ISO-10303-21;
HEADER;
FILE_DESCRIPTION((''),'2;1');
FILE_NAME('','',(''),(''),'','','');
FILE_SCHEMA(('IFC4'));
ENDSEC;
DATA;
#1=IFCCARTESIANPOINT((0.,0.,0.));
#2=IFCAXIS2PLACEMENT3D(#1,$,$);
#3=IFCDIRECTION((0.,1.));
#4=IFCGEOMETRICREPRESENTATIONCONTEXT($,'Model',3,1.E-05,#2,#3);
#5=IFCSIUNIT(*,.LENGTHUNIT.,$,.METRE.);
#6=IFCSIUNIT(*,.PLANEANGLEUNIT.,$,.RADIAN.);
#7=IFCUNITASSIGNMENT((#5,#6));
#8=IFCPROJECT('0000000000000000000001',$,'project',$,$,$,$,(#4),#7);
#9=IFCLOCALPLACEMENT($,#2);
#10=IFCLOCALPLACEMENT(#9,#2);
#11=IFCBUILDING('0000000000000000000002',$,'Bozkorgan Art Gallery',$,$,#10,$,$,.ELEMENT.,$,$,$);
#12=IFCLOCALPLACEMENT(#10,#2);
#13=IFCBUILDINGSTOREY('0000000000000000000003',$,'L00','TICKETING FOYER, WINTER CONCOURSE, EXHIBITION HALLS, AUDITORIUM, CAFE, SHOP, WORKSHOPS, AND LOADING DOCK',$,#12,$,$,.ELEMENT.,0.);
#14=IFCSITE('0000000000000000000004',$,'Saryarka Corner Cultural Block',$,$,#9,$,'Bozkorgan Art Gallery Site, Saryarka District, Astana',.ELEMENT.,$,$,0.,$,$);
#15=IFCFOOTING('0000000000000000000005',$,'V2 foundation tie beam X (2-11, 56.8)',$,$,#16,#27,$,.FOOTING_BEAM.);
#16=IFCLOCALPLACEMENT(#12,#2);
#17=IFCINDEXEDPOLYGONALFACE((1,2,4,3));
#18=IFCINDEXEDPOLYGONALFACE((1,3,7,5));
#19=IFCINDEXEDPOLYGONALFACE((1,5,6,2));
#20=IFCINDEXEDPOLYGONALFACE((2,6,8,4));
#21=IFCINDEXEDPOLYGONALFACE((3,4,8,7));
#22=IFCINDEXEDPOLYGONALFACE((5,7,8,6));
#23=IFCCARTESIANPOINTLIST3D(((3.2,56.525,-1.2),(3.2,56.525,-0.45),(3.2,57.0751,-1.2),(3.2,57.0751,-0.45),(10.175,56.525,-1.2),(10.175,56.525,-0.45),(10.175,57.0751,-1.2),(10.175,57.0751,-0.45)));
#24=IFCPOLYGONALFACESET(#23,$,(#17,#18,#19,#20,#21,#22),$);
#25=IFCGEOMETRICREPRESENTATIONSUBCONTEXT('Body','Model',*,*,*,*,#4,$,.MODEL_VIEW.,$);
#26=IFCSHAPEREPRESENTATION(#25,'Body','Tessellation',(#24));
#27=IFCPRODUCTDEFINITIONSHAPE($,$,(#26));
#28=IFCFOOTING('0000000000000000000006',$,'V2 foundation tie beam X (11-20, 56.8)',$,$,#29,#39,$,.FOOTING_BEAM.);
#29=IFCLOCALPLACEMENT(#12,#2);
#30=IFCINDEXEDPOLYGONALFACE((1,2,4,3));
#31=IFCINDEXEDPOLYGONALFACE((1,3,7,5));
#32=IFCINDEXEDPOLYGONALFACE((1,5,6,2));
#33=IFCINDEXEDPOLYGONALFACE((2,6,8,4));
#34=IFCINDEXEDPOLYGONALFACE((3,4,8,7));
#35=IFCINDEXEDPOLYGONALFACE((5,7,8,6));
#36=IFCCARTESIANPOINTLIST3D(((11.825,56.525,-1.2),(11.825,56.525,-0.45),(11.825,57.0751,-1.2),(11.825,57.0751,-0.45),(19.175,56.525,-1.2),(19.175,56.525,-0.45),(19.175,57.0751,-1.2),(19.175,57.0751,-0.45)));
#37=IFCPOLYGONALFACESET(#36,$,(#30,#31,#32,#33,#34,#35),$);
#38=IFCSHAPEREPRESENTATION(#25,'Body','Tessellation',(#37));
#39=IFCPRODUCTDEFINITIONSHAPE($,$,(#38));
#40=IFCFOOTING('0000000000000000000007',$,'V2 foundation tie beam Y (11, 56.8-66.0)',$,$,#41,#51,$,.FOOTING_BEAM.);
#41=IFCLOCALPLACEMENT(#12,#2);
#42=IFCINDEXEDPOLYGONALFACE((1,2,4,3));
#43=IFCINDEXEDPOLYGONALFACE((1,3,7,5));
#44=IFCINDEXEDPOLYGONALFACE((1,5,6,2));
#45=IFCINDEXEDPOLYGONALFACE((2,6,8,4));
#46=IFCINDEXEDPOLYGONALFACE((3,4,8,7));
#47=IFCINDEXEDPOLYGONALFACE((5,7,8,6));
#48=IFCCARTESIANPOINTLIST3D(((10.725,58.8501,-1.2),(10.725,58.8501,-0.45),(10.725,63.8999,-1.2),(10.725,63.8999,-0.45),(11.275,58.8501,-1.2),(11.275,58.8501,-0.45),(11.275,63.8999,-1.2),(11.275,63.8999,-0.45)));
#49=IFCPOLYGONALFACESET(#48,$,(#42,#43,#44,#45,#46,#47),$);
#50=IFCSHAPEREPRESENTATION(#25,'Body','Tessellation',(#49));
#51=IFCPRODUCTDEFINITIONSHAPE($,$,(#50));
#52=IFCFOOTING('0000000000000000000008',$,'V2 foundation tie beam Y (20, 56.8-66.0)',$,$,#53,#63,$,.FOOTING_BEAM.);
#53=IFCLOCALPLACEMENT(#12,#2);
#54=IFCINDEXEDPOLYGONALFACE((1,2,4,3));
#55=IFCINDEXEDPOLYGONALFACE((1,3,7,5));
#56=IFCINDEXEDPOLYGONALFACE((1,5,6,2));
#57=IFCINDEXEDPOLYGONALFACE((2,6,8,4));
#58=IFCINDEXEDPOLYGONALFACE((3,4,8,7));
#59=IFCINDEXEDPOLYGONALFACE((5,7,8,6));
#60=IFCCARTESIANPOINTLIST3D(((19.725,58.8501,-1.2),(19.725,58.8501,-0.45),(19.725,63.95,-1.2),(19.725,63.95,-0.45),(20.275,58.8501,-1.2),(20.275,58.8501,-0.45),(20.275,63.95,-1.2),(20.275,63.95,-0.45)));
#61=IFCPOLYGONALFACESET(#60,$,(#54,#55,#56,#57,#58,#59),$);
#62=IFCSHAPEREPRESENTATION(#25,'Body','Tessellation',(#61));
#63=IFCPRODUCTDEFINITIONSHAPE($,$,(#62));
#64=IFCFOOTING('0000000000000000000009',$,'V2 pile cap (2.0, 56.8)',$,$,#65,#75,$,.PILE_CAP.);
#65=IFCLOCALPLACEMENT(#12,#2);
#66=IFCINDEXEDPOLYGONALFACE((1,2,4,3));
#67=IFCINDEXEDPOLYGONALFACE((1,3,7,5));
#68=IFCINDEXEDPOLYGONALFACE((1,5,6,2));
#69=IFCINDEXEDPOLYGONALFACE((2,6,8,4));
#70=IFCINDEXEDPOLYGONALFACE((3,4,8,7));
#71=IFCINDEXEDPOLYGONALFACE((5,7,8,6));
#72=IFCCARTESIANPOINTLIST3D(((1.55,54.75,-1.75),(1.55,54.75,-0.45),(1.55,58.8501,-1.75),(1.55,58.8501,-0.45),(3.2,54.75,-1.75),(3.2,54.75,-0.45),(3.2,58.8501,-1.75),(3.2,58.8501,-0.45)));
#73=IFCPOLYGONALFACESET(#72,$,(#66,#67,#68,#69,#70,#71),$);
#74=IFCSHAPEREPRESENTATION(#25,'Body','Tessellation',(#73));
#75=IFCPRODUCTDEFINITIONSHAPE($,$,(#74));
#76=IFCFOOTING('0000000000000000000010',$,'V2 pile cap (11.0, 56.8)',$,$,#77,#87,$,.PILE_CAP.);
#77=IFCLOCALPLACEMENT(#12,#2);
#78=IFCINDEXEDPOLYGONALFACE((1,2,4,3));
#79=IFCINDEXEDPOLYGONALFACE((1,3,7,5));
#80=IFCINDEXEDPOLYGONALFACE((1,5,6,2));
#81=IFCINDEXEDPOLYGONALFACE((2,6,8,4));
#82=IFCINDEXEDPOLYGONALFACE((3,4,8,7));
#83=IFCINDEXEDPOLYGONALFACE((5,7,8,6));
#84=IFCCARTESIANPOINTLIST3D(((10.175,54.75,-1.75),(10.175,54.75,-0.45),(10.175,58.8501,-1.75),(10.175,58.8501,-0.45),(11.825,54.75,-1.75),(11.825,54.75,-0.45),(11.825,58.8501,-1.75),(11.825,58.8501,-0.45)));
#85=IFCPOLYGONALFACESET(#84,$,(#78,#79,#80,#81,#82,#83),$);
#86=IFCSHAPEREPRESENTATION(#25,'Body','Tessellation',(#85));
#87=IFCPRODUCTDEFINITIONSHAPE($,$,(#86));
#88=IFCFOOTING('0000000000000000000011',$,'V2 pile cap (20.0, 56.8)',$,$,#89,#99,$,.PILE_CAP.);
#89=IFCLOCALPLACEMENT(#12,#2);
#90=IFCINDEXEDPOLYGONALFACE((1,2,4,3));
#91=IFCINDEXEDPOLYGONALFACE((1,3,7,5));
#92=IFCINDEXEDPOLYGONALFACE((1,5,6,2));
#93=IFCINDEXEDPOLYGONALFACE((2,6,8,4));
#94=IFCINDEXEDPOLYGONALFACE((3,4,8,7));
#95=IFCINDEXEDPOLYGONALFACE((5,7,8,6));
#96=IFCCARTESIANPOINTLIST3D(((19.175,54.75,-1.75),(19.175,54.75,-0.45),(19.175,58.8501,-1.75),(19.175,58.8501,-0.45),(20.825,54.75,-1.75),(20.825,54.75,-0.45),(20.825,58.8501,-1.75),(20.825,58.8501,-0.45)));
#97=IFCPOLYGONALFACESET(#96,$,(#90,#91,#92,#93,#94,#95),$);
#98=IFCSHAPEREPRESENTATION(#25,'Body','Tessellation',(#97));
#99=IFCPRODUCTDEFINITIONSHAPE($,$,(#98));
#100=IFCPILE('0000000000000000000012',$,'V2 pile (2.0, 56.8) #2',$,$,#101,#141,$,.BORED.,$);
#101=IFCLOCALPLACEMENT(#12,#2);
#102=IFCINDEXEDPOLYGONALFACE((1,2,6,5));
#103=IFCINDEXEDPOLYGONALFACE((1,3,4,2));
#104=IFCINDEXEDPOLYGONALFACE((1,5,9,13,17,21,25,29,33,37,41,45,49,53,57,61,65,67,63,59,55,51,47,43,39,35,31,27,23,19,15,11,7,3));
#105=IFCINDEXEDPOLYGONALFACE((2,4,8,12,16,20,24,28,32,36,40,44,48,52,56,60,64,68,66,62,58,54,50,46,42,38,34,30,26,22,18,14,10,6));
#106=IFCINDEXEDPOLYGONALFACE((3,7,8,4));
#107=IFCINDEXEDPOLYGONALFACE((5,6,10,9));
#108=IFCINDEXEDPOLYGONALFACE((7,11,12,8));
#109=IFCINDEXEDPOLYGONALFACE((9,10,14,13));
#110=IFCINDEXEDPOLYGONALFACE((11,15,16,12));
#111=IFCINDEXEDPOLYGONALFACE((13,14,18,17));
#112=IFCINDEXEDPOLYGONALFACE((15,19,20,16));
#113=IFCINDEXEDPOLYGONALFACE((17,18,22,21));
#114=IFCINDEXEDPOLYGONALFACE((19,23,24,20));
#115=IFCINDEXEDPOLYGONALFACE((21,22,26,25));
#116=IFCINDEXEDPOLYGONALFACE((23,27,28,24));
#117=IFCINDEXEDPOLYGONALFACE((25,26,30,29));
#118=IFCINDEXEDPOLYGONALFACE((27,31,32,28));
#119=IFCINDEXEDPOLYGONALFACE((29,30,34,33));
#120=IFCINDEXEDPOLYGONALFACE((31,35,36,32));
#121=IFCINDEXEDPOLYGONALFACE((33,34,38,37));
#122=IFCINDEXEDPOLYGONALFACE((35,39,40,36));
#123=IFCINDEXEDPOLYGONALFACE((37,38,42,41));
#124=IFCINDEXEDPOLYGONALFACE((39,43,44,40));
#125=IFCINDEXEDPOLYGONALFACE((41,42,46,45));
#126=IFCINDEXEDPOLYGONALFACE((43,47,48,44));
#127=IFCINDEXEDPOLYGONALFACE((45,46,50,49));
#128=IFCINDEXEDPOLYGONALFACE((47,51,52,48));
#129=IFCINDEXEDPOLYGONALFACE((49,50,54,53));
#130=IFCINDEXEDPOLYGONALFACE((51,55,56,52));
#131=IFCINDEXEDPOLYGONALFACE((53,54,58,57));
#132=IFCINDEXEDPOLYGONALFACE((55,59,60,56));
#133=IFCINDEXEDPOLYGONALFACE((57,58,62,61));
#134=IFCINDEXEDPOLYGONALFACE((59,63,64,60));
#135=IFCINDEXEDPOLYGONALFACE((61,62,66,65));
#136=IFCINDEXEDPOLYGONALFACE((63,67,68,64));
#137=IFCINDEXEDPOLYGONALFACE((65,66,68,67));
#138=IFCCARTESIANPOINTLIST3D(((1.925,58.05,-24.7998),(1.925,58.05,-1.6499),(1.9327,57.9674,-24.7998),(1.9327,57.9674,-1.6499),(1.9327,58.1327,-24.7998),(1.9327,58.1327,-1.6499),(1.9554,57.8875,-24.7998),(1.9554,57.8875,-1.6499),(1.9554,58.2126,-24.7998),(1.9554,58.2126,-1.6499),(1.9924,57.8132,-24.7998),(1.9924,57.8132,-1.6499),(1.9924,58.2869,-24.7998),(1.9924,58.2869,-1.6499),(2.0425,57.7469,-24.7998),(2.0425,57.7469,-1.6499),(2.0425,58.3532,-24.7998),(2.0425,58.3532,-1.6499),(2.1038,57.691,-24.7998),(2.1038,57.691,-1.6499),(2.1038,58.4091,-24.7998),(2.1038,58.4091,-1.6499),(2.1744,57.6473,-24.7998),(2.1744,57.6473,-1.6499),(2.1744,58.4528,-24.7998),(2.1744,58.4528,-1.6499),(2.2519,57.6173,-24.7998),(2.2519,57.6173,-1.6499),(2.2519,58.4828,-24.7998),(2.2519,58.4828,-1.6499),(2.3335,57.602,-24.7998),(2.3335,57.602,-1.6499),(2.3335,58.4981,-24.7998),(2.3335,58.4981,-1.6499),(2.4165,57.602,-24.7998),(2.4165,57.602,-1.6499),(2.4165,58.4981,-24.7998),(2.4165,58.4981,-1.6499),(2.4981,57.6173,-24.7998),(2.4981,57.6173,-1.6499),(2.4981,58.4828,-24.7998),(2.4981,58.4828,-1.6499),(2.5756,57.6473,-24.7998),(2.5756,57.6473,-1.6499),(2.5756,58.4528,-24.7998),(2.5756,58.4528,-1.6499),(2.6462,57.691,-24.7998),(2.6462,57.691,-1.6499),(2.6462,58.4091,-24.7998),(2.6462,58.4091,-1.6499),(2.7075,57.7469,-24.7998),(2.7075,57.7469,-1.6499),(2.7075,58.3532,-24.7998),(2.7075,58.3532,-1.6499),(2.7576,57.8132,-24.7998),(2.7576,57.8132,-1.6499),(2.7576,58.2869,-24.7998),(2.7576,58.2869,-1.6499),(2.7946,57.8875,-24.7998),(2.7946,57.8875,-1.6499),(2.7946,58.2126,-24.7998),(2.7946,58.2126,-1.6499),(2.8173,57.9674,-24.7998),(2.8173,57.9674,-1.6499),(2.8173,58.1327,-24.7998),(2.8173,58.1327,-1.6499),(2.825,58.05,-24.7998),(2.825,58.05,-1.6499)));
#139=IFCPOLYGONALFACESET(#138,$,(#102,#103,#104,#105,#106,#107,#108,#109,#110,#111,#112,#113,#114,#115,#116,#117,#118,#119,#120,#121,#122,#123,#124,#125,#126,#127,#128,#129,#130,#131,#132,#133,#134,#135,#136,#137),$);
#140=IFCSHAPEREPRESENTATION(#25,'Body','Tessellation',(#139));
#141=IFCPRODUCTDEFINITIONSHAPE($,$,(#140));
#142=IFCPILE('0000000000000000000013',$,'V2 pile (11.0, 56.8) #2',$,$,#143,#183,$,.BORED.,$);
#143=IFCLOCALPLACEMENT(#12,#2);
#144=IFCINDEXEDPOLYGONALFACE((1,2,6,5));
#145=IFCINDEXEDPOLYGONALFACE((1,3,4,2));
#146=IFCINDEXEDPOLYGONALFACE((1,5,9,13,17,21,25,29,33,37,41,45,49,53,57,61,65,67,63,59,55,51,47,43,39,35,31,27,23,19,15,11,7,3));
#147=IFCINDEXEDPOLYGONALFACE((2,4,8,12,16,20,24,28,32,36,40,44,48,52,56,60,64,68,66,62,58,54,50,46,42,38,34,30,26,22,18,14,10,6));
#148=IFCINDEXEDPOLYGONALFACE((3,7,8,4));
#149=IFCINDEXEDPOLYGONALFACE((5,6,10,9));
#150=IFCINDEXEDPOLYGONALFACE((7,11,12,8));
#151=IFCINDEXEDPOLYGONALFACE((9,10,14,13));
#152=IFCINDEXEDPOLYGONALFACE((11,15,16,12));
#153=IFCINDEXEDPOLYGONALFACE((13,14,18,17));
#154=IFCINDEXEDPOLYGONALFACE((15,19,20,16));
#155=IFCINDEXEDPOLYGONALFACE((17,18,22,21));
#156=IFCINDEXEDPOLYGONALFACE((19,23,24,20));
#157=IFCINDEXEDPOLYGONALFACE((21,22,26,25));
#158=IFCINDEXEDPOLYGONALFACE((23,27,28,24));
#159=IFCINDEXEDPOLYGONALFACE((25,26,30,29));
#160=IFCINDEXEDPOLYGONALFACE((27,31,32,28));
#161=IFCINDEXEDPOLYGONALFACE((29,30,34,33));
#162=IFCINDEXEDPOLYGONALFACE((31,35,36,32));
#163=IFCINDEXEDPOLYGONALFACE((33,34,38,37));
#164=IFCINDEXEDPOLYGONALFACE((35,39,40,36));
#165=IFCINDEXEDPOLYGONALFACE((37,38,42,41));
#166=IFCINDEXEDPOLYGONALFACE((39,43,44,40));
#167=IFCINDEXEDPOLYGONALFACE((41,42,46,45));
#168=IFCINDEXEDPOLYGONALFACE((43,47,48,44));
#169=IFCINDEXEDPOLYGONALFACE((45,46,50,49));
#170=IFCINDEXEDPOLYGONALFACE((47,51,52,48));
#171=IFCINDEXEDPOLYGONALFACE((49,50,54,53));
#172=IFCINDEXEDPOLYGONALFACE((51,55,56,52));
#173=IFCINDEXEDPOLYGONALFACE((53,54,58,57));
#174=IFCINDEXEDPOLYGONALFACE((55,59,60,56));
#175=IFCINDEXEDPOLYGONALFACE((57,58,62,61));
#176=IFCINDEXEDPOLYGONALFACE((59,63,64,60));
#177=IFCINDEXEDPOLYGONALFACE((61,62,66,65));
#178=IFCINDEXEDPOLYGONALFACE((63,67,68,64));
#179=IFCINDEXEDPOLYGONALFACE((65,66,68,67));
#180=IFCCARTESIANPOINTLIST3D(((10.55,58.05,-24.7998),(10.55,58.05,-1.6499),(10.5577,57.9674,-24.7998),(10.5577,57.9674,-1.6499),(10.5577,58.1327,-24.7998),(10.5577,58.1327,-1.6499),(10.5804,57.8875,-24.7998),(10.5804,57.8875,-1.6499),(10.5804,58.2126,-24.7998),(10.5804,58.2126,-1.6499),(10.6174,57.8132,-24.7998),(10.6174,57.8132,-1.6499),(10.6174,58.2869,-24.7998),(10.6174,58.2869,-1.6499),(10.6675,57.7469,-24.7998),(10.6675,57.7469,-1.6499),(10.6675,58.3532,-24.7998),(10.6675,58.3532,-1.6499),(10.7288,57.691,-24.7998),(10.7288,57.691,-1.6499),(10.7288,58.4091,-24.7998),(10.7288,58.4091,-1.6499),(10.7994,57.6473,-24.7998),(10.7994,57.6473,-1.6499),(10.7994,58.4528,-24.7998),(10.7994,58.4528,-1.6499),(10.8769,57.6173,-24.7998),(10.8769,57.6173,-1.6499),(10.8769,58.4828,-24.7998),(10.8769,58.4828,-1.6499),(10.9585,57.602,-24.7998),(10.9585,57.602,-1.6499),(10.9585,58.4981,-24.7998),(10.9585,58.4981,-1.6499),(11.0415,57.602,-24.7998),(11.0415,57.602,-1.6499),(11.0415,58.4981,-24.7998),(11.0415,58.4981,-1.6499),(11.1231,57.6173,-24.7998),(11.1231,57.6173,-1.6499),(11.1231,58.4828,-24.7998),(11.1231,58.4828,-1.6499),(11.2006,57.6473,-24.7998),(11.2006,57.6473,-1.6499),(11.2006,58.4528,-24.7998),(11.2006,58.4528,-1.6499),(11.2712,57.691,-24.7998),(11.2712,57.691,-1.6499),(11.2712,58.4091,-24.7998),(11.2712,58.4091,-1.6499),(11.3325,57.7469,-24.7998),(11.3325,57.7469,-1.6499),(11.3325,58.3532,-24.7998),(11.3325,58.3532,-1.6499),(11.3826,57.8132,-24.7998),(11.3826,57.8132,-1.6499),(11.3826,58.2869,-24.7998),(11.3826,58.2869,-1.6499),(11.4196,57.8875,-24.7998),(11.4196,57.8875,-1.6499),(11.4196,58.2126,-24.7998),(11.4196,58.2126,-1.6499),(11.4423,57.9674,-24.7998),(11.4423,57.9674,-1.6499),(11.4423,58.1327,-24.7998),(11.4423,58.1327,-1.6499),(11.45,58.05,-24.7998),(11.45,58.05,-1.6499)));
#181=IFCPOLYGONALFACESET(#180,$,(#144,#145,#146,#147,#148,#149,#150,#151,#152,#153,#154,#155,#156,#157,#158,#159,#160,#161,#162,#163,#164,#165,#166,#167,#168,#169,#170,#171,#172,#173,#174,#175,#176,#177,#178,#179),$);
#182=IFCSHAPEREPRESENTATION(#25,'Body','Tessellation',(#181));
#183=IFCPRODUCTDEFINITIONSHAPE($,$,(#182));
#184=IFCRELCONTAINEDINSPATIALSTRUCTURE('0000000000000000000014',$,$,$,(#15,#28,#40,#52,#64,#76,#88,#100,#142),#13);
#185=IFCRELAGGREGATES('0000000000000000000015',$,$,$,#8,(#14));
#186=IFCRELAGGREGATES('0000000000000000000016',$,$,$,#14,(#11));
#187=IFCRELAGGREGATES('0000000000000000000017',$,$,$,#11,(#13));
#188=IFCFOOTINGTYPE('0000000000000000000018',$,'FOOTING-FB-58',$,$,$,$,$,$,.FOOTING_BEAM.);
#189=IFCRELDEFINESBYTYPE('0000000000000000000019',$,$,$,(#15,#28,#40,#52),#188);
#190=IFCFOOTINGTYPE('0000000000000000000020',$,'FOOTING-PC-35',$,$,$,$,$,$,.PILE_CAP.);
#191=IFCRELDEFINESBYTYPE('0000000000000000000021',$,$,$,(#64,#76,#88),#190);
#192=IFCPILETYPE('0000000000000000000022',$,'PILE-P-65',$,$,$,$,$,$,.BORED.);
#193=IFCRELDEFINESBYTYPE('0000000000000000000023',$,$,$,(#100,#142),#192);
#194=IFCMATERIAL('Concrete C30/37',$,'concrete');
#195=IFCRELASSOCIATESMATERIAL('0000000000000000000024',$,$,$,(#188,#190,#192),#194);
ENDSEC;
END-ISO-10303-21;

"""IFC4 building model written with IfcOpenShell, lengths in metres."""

from ifc_helpers import new_model, si_unit, direction, frame, origin, origin_2d, place, context, subcontext, project, spatial, rectangle, circle, extrude, material, material_profile, profile_set, type_object, element, save


model = new_model("IFC4")

# Units and contexts
model_context = context("Model", 3, precision=1e-05, world=origin(), true_north=direction((0.0, 1.0)))
body_context = subcontext(model_context, "Body", "Model", "MODEL_VIEW")
ifc_project = project(units=[si_unit("LENGTHUNIT", "METRE"), si_unit("PLANEANGLEUNIT", "RADIAN")], contexts=[model_context])

# Site, building, storey
site_placement = place(None, origin())
site = spatial("IfcSite", under=ifc_project, at=site_placement, Name="Saryarka Corner Cultural Block", LongName="Bozkorgan Art Gallery Site, Saryarka District, Astana", CompositionType="ELEMENT", RefElevation=0.0)
building_placement = place(site_placement, origin())
building = spatial("IfcBuilding", under=site, at=building_placement, Name="Bozkorgan Art Gallery", CompositionType="ELEMENT")
storey_placement = place(building_placement, origin())
storey = spatial("IfcBuildingStorey", under=building, at=storey_placement, Name="L00", Description="TICKETING FOYER, WINTER CONCOURSE, EXHIBITION HALLS, AUDITORIUM, CAFE, SHOP, WORKSHOPS, AND LOADING DOCK", CompositionType="ELEMENT", Elevation=0.0)

# Footings
ifc_material_1 = material(Name="Concrete C30/37", Category="concrete")
ifc_material_profile_1 = material_profile(ifc_material_1, rectangle(XDim=0.55, YDim=0.75, at=origin_2d()), Name="FND 550x750")
ifc_profile_set_1 = profile_set([ifc_material_profile_1], Name="Concrete C30/37")
footing_type_1 = type_object("IfcFootingType", Name="FOOTING-FB-58", PredefinedType="FOOTING_BEAM", material=ifc_profile_set_1)
footing_1_placement = place(storey_placement, frame((3.2, 56.8, -0.825), z_axis=(1.0, 0.0, 0.0), x_axis=(0.0, 1.0, 0.0)))
element("IfcFooting", 1, at=footing_1_placement, inside=storey, type_object=footing_type_1, Name="V2 foundation tie beam X (2-11, 56.8)", PredefinedType="FOOTING_BEAM", context=body_context, shape_type="SweptSolid", body=[
    extrude(rectangle(XDim=0.55, YDim=0.75, at=origin_2d()), origin(), (0.0, 0.0, 1.0), 6.9751),
])
footing_2_placement = place(storey_placement, frame((11.825, 56.8, -0.825), z_axis=(1.0, 0.0, 0.0), x_axis=(0.0, 1.0, 0.0)))
element("IfcFooting", 2, at=footing_2_placement, inside=storey, type_object=footing_type_1, Name="V2 foundation tie beam X (11-20, 56.8)", PredefinedType="FOOTING_BEAM", context=body_context, shape_type="SweptSolid", body=[
    extrude(rectangle(XDim=0.55, YDim=0.75, at=origin_2d()), origin(), (0.0, 0.0, 1.0), 7.3501),
])
footing_3_placement = place(storey_placement, frame((11.0, 58.8501, -0.825), z_axis=(0.0, 1.0, 0.0), x_axis=(-1.0, 0.0, 0.0)))
element("IfcFooting", 3, at=footing_3_placement, inside=storey, type_object=footing_type_1, Name="V2 foundation tie beam Y (11, 56.8-66.0)", PredefinedType="FOOTING_BEAM", context=body_context, shape_type="SweptSolid", body=[
    extrude(rectangle(XDim=0.55, YDim=0.75, at=origin_2d()), origin(), (0.0, 0.0, 1.0), 5.0498),
])
footing_4_placement = place(storey_placement, frame((20.0, 58.8501, -0.825), z_axis=(0.0, 1.0, 0.0), x_axis=(-1.0, 0.0, 0.0)))
element("IfcFooting", 4, at=footing_4_placement, inside=storey, type_object=footing_type_1, Name="V2 foundation tie beam Y (20, 56.8-66.0)", PredefinedType="FOOTING_BEAM", context=body_context, shape_type="SweptSolid", body=[
    extrude(rectangle(XDim=0.55, YDim=0.75, at=origin_2d()), origin(), (0.0, 0.0, 1.0), 5.0999),
])
footing_type_2 = type_object("IfcFootingType", Name="FOOTING-PC-35", PredefinedType="PILE_CAP", material=ifc_material_1)
for number, where, z_axis, x_axis, name in (
    (5, (2.375, 56.8, -1.75), (0.0, 0.0, 1.0), (1.0, 0.0, 0.0), "V2 pile cap (2.0, 56.8)"),
    (6, (11.0, 56.8, -1.75), (0.0, 0.0, 1.0), (1.0, 0.0, 0.0), "V2 pile cap (11.0, 56.8)"),
    (7, (20.0, 56.8, -1.75), (0.0, 0.0, 1.0), (1.0, 0.0, 0.0), "V2 pile cap (20.0, 56.8)"),
):
    element("IfcFooting", number, at=place(storey_placement, frame(where, z_axis=z_axis, x_axis=x_axis)), inside=storey, type_object=footing_type_2, Name=name, PredefinedType="PILE_CAP", context=body_context, shape_type="SweptSolid", body=[
        extrude(rectangle(XDim=1.6499, YDim=4.1001, at=origin_2d()), origin(), (0.0, 0.0, 1.0), 1.3),
    ])

# Piles
ifc_material_profile_2 = material_profile(ifc_material_1, circle(Radius=0.45, at=origin_2d()), Name="PILE D900")
ifc_profile_set_2 = profile_set([ifc_material_profile_2], Name="Concrete C30/37")
pile_type = type_object("IfcPileType", Name="PILE-P-65", PredefinedType="BORED", material=ifc_profile_set_2)
for number, where, z_axis, x_axis, name in (
    (8, (2.375, 58.05, -1.6499), (0.0, 0.0, -1.0), (1.0, 0.0, 0.0), "V2 pile (2.0, 56.8) #2"),
    (9, (11.0, 58.05, -1.6499), (0.0, 0.0, -1.0), (1.0, 0.0, 0.0), "V2 pile (11.0, 56.8) #2"),
):
    element("IfcPile", number, at=place(storey_placement, frame(where, z_axis=z_axis, x_axis=x_axis)), inside=storey, type_object=pile_type, Name=name, PredefinedType="BORED", context=body_context, shape_type="SweptSolid", body=[
        extrude(circle(Radius=0.45, at=origin_2d()), origin(), (0.0, 0.0, 1.0), 23.1499),
    ])

save(model, "model.ifc")
